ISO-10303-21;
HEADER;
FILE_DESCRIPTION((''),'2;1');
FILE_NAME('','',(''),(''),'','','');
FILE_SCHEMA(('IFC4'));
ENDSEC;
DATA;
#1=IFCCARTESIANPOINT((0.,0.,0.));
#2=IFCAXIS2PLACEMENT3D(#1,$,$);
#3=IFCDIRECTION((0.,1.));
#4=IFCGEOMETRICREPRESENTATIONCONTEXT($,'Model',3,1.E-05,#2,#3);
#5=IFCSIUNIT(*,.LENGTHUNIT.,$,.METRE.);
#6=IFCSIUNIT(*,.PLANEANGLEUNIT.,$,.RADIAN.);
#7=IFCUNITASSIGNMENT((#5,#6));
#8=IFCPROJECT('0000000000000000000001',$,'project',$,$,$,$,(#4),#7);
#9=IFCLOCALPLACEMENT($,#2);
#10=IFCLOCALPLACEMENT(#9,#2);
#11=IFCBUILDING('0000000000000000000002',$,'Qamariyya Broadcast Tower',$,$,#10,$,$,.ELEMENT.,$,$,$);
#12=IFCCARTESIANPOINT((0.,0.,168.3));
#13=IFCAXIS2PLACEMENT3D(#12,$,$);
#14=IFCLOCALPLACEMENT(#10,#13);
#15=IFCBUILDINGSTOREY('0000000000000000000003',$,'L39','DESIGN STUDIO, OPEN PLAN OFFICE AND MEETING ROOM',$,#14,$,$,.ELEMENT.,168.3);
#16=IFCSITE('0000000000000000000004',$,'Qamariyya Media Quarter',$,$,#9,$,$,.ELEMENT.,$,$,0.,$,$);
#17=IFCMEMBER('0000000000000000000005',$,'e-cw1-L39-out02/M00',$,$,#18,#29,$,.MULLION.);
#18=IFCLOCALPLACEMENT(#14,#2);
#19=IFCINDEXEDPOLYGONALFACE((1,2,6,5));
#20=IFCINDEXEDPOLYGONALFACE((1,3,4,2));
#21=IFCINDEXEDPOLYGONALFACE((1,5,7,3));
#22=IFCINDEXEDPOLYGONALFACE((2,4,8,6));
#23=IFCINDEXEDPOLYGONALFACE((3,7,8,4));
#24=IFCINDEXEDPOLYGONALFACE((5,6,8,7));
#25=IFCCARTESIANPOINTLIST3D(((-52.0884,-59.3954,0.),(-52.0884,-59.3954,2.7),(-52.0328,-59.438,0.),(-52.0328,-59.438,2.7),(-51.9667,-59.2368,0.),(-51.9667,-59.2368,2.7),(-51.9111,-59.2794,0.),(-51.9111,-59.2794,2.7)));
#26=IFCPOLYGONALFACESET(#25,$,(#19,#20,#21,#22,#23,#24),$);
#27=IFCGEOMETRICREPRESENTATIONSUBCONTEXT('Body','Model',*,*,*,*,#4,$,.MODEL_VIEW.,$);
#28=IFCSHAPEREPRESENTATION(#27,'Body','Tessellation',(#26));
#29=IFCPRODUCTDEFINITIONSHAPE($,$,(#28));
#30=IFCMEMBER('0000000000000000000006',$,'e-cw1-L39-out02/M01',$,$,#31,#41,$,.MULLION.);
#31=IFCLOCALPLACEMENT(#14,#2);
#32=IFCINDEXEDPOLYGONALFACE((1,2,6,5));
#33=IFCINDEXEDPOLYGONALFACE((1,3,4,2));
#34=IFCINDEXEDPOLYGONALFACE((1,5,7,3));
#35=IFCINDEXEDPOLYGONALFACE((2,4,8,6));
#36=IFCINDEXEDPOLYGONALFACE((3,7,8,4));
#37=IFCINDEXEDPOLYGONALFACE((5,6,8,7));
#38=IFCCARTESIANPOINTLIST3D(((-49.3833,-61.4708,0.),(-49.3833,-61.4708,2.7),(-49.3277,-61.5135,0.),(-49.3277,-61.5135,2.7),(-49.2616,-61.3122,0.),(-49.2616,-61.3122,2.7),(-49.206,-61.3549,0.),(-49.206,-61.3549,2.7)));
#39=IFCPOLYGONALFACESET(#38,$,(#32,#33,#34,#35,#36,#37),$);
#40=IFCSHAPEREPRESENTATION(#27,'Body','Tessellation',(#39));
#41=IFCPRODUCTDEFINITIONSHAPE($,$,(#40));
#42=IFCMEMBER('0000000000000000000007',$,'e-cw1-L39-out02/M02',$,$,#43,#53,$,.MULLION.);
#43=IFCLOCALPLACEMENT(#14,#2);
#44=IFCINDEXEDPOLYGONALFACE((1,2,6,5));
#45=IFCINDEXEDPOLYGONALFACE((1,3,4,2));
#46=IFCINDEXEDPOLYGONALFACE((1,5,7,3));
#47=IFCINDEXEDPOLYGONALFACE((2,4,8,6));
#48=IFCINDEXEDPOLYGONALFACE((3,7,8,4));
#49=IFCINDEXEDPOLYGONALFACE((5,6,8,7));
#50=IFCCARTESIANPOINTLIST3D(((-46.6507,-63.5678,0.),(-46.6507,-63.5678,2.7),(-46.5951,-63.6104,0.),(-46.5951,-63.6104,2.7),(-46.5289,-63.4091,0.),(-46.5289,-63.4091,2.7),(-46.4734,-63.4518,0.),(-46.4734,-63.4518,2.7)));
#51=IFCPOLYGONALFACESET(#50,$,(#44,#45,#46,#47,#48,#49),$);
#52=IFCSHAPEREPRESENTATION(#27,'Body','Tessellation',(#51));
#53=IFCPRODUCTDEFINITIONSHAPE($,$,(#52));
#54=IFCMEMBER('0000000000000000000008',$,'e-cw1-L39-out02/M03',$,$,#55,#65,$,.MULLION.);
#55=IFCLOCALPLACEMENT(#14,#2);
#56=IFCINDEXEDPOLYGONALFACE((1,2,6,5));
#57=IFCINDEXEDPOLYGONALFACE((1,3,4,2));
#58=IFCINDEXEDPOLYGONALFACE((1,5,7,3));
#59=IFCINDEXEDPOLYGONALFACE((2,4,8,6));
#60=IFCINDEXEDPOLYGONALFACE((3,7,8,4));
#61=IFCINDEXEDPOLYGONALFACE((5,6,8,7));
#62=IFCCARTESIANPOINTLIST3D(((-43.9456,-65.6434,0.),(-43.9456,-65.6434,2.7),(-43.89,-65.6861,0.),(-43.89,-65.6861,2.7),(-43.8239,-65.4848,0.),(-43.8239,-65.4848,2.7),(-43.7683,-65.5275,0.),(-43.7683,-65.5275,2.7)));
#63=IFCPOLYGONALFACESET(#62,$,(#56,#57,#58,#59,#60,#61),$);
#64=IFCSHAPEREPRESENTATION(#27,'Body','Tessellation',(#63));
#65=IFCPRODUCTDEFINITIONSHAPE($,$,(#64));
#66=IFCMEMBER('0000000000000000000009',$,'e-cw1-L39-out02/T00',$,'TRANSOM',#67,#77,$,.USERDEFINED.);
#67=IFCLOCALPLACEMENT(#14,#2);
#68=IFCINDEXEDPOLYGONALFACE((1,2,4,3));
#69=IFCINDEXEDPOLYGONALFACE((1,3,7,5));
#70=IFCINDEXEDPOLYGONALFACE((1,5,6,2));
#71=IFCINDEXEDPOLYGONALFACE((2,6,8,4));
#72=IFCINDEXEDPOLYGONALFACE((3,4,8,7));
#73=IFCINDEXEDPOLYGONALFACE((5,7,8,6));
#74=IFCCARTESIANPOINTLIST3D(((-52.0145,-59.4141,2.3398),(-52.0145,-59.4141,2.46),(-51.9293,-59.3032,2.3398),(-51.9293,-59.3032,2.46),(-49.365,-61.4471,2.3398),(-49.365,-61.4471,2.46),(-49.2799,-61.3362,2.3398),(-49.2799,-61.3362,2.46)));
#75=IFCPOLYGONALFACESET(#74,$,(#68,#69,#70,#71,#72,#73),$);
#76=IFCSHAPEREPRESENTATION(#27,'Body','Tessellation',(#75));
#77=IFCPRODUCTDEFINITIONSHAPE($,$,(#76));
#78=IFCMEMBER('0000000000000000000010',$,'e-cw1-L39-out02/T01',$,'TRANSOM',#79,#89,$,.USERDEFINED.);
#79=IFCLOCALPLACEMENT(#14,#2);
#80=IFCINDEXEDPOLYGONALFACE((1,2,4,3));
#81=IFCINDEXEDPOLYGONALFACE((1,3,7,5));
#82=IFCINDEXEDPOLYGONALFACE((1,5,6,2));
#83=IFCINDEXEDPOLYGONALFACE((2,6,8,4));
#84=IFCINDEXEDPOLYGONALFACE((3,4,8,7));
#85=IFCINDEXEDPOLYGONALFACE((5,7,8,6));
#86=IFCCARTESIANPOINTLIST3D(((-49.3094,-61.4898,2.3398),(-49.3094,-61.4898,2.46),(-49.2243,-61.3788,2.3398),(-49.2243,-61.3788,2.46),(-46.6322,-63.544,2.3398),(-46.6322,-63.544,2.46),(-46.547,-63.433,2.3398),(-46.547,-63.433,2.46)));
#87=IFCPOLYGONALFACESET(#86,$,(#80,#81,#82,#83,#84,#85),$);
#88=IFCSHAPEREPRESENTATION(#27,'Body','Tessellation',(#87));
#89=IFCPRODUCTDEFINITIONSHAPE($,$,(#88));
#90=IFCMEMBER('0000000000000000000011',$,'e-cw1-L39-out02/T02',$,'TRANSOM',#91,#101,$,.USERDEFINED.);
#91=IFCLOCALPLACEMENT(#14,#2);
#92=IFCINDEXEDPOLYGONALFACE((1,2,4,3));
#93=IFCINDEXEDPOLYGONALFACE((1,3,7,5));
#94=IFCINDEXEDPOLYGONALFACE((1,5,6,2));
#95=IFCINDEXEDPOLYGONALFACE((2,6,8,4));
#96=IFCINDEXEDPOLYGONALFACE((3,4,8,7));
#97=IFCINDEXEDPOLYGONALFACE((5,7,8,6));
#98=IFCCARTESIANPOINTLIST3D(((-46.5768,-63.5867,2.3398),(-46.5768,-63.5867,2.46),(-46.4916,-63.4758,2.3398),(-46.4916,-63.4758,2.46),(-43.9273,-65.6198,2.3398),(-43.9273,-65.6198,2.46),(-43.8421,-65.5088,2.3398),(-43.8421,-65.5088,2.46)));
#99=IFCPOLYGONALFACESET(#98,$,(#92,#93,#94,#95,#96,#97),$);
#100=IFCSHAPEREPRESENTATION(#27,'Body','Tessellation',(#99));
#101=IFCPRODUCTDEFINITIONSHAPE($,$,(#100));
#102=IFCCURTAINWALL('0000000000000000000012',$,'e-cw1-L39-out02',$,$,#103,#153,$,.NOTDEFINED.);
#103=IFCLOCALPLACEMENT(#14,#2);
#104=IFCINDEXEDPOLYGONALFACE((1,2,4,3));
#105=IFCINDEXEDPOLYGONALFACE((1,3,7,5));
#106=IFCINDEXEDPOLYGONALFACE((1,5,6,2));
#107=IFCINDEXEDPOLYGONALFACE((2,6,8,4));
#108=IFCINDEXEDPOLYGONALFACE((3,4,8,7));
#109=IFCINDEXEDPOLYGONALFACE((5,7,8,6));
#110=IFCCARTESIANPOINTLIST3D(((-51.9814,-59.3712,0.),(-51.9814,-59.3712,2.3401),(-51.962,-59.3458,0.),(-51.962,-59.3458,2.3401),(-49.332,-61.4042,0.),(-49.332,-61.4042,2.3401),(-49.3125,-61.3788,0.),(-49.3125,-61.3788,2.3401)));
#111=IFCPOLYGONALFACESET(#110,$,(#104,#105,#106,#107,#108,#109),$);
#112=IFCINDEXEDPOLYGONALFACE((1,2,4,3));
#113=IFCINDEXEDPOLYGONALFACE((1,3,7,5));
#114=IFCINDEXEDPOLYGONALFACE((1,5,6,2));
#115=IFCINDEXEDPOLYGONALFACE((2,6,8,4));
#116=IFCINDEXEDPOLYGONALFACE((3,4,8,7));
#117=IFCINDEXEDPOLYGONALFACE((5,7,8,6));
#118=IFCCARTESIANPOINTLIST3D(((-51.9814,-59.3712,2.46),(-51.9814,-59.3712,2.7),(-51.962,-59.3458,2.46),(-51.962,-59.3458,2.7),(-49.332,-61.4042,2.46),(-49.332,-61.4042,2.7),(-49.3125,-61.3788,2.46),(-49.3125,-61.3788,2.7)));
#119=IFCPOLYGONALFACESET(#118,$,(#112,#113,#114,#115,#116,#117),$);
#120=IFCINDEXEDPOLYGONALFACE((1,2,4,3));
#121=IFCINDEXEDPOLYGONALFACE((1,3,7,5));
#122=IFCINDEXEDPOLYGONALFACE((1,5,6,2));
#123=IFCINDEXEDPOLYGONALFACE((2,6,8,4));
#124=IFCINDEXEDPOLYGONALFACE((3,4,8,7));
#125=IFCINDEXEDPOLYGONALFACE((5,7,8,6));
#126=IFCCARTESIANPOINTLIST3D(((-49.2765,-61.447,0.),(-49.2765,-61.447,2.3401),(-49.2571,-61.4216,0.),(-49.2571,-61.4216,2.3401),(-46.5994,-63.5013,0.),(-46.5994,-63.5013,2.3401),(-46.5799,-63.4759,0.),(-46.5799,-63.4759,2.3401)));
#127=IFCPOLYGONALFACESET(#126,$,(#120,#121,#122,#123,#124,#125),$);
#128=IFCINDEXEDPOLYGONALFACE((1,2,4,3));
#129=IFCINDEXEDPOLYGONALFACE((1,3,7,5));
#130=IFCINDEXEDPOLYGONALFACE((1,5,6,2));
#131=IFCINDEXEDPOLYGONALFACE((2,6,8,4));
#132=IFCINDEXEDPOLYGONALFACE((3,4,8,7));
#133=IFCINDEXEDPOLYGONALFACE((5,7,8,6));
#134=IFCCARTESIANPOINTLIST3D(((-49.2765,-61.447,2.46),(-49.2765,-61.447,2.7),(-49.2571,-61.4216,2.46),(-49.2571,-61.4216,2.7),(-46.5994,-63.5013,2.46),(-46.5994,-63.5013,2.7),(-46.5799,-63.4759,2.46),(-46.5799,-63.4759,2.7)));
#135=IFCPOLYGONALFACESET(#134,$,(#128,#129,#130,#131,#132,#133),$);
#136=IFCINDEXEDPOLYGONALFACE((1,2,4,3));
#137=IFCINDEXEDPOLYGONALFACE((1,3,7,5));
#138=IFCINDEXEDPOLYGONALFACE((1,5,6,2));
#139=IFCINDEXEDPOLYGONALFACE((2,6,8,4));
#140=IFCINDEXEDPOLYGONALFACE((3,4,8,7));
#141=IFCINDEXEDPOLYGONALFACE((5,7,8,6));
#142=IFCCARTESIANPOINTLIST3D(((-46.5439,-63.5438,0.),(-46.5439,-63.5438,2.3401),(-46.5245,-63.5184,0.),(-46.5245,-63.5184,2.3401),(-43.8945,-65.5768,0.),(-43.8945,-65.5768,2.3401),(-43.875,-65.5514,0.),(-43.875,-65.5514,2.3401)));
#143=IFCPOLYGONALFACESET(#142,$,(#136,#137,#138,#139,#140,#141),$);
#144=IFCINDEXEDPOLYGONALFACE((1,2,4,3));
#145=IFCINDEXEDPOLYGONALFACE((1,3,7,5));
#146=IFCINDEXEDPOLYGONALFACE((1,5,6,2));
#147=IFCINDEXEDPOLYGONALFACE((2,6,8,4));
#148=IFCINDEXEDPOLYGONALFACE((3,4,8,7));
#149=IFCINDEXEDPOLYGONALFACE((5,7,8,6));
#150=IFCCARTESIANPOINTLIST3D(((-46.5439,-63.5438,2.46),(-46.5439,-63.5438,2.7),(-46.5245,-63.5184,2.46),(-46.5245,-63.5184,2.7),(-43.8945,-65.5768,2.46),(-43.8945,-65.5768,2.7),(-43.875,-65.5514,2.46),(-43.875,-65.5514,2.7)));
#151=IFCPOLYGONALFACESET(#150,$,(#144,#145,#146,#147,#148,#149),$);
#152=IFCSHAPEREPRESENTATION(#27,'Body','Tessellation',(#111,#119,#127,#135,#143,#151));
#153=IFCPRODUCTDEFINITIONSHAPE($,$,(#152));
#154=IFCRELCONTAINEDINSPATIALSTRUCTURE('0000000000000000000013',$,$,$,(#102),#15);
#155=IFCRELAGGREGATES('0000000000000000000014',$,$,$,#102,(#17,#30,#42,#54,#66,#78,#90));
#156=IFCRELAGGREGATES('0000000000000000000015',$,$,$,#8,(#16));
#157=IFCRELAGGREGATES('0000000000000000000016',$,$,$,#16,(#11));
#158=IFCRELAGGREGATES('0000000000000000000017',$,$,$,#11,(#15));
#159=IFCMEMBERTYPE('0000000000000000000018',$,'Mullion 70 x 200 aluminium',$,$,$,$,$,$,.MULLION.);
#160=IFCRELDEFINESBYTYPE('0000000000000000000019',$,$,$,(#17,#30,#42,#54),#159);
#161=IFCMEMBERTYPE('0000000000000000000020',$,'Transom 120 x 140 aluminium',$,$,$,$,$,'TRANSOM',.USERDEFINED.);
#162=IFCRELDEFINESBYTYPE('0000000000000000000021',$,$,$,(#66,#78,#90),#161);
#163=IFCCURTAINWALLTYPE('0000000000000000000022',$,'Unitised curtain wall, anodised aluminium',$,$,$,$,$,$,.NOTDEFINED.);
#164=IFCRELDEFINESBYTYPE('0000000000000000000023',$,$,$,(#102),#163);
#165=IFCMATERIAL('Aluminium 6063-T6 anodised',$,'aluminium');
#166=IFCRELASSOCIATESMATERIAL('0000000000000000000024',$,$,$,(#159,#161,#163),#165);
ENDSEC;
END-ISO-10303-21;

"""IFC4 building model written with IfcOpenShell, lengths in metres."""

from ifc_helpers import new_model, si_unit, direction, frame, origin, origin_2d, place, context, subcontext, project, spatial, rectangle, extrude, material, material_profile, profile_set, type_object, element, aggregate, save


model = new_model("IFC4")

# Units and contexts
model_context = context("Model", 3, precision=1e-05, world=origin(), true_north=direction((0.0, 1.0)))
body_context = subcontext(model_context, "Body", "Model", "MODEL_VIEW")
ifc_project = project(units=[si_unit("LENGTHUNIT", "METRE"), si_unit("PLANEANGLEUNIT", "RADIAN")], contexts=[model_context])

# Members
ifc_material = material(Name="Aluminium 6063-T6 anodised", Category="aluminium")
ifc_material_profile_1 = material_profile(ifc_material, rectangle(XDim=0.2, YDim=0.0701, at=origin_2d()))
ifc_profile_set_1 = profile_set([ifc_material_profile_1], Name="Aluminium 6063-T6 anodised")
member_type_1 = type_object("IfcMemberType", Name="Mullion 70 x 200 aluminium", PredefinedType="MULLION", material=ifc_profile_set_1)
site_placement = place(None, origin())
building_placement = place(site_placement, origin())
storey_placement = place(building_placement, frame((0.0, 0.0, 168.3)))
member_1_placement = place(storey_placement, frame((-51.9998, -59.3374, 0.0), z_axis=(0.0, 0.0, 1.0), x_axis=(0.608761, 0.793353, 0.0)))
member_1 = element("IfcMember", 1, at=member_1_placement, type_object=member_type_1, Name="e-cw1-L39-out02/M00", PredefinedType="MULLION", context=body_context, shape_type="SweptSolid", body=[
    extrude(rectangle(XDim=0.2, YDim=0.0701, at=origin_2d()), origin(), (0.0, 0.0, 1.0), 2.7),
])
member_2_placement = place(storey_placement, frame((-49.2947, -61.4128, 0.0), z_axis=(0.0, 0.0, 1.0), x_axis=(0.608761, 0.793353, 0.0)))
member_2 = element("IfcMember", 2, at=member_2_placement, type_object=member_type_1, Name="e-cw1-L39-out02/M01", PredefinedType="MULLION", context=body_context, shape_type="SweptSolid", body=[
    extrude(rectangle(XDim=0.2, YDim=0.0701, at=origin_2d()), origin(), (0.0, 0.0, 1.0), 2.7),
])
member_3_placement = place(storey_placement, frame((-46.562, -63.5098, 0.0), z_axis=(0.0, 0.0, 1.0), x_axis=(0.608761, 0.793353, 0.0)))
member_3 = element("IfcMember", 3, at=member_3_placement, type_object=member_type_1, Name="e-cw1-L39-out02/M02", PredefinedType="MULLION", context=body_context, shape_type="SweptSolid", body=[
    extrude(rectangle(XDim=0.2, YDim=0.0701, at=origin_2d()), origin(), (0.0, 0.0, 1.0), 2.7),
])
member_4_placement = place(storey_placement, frame((-43.8569, -65.5854, 0.0), z_axis=(0.0, 0.0, 1.0), x_axis=(0.608761, 0.793353, 0.0)))
member_4 = element("IfcMember", 4, at=member_4_placement, type_object=member_type_1, Name="e-cw1-L39-out02/M03", PredefinedType="MULLION", context=body_context, shape_type="SweptSolid", body=[
    extrude(rectangle(XDim=0.2, YDim=0.0701, at=origin_2d()), origin(), (0.0, 0.0, 1.0), 2.7),
])
ifc_material_profile_2 = material_profile(ifc_material, rectangle(XDim=0.1399, YDim=0.1201, at=origin_2d()))
ifc_profile_set_2 = profile_set([ifc_material_profile_2], Name="Aluminium 6063-T6 anodised")
member_type_2 = type_object("IfcMemberType", Name="Transom 120 x 140 aluminium", ElementType="TRANSOM", PredefinedType="USERDEFINED", material=ifc_profile_set_2)
member_5_placement = place(storey_placement, frame((-51.9719, -59.3586, 2.3999), z_axis=(0.793354, -0.60876, 0.0), x_axis=(0.60876, 0.793354, 0.0)))
member_5 = element("IfcMember", 5, at=member_5_placement, type_object=member_type_2, Name="e-cw1-L39-out02/T00", ObjectType="TRANSOM", PredefinedType="USERDEFINED", context=body_context, shape_type="SweptSolid", body=[
    extrude(rectangle(XDim=0.1399, YDim=0.1201, at=origin_2d()), origin(), (0.0, 0.0, 1.0), 3.3396),
])
member_6_placement = place(storey_placement, frame((-49.2668, -61.4343, 2.3999), z_axis=(0.793371, -0.608738, 0.0), x_axis=(0.608738, 0.793371, 0.0)))
member_6 = element("IfcMember", 6, at=member_6_placement, type_object=member_type_2, Name="e-cw1-L39-out02/T01", ObjectType="TRANSOM", PredefinedType="USERDEFINED", context=body_context, shape_type="SweptSolid", body=[
    extrude(rectangle(XDim=0.1399, YDim=0.1201, at=origin_2d()), origin(), (0.0, 0.0, 1.0), 3.3745),
])
member_7_placement = place(storey_placement, frame((-46.5342, -63.5312, 2.3999), z_axis=(0.793354, -0.60876, 0.0), x_axis=(0.60876, 0.793354, 0.0)))
member_7 = element("IfcMember", 7, at=member_7_placement, type_object=member_type_2, Name="e-cw1-L39-out02/T02", ObjectType="TRANSOM", PredefinedType="USERDEFINED", context=body_context, shape_type="SweptSolid", body=[
    extrude(rectangle(XDim=0.1399, YDim=0.1201, at=origin_2d()), origin(), (0.0, 0.0, 1.0), 3.3396),
])

# Site, building, storey
site = spatial("IfcSite", under=ifc_project, at=site_placement, Name="Qamariyya Media Quarter", CompositionType="ELEMENT", RefElevation=0.0)
building = spatial("IfcBuilding", under=site, at=building_placement, Name="Qamariyya Broadcast Tower", CompositionType="ELEMENT")
storey = spatial("IfcBuildingStorey", under=building, at=storey_placement, Name="L39", Description="DESIGN STUDIO, OPEN PLAN OFFICE AND MEETING ROOM", CompositionType="ELEMENT", Elevation=168.3)

# Curtain wall
curtain_wall_type = type_object("IfcCurtainWallType", Name="Unitised curtain wall, anodised aluminium", PredefinedType="NOTDEFINED", material=ifc_material)
curtain_wall_1_placement = place(storey_placement, origin())
curtain_wall_1 = element("IfcCurtainWall", 8, at=curtain_wall_1_placement, inside=storey, type_object=curtain_wall_type, Name="e-cw1-L39-out02", PredefinedType="NOTDEFINED", context=body_context, shape_type="SweptSolid", body=[
    extrude(rectangle(XDim=3.3396, YDim=0.032, at=origin_2d()), frame((-50.647, -60.375, 0.0), x_axis=(0.793352, -0.608764, 0.0)), (0.0, 0.0, 1.0), 2.3401),
    extrude(rectangle(XDim=3.3396, YDim=0.032, at=origin_2d()), frame((-50.647, -60.375, 2.46), x_axis=(0.793352, -0.608764, 0.0)), (0.0, 0.0, 1.0), 0.24),
    extrude(rectangle(XDim=3.3745, YDim=0.032, at=origin_2d()), frame((-47.9282, -62.4614, 0.0), x_axis=(0.793352, -0.608764, 0.0)), (0.0, 0.0, 1.0), 2.3401),
    extrude(rectangle(XDim=3.3745, YDim=0.032, at=origin_2d()), frame((-47.9282, -62.4614, 2.46), x_axis=(0.793352, -0.608764, 0.0)), (0.0, 0.0, 1.0), 0.24),
    extrude(rectangle(XDim=3.3396, YDim=0.032, at=origin_2d()), frame((-45.2095, -64.5476, 0.0), x_axis=(0.793352, -0.608764, 0.0)), (0.0, 0.0, 1.0), 2.3401),
    extrude(rectangle(XDim=3.3396, YDim=0.032, at=origin_2d()), frame((-45.2095, -64.5476, 2.46), x_axis=(0.793352, -0.608764, 0.0)), (0.0, 0.0, 1.0), 0.24),
])
aggregate(curtain_wall_1, [member_1, member_2, member_3, member_4, member_5, member_6, member_7])

save(model, "model.ifc")
